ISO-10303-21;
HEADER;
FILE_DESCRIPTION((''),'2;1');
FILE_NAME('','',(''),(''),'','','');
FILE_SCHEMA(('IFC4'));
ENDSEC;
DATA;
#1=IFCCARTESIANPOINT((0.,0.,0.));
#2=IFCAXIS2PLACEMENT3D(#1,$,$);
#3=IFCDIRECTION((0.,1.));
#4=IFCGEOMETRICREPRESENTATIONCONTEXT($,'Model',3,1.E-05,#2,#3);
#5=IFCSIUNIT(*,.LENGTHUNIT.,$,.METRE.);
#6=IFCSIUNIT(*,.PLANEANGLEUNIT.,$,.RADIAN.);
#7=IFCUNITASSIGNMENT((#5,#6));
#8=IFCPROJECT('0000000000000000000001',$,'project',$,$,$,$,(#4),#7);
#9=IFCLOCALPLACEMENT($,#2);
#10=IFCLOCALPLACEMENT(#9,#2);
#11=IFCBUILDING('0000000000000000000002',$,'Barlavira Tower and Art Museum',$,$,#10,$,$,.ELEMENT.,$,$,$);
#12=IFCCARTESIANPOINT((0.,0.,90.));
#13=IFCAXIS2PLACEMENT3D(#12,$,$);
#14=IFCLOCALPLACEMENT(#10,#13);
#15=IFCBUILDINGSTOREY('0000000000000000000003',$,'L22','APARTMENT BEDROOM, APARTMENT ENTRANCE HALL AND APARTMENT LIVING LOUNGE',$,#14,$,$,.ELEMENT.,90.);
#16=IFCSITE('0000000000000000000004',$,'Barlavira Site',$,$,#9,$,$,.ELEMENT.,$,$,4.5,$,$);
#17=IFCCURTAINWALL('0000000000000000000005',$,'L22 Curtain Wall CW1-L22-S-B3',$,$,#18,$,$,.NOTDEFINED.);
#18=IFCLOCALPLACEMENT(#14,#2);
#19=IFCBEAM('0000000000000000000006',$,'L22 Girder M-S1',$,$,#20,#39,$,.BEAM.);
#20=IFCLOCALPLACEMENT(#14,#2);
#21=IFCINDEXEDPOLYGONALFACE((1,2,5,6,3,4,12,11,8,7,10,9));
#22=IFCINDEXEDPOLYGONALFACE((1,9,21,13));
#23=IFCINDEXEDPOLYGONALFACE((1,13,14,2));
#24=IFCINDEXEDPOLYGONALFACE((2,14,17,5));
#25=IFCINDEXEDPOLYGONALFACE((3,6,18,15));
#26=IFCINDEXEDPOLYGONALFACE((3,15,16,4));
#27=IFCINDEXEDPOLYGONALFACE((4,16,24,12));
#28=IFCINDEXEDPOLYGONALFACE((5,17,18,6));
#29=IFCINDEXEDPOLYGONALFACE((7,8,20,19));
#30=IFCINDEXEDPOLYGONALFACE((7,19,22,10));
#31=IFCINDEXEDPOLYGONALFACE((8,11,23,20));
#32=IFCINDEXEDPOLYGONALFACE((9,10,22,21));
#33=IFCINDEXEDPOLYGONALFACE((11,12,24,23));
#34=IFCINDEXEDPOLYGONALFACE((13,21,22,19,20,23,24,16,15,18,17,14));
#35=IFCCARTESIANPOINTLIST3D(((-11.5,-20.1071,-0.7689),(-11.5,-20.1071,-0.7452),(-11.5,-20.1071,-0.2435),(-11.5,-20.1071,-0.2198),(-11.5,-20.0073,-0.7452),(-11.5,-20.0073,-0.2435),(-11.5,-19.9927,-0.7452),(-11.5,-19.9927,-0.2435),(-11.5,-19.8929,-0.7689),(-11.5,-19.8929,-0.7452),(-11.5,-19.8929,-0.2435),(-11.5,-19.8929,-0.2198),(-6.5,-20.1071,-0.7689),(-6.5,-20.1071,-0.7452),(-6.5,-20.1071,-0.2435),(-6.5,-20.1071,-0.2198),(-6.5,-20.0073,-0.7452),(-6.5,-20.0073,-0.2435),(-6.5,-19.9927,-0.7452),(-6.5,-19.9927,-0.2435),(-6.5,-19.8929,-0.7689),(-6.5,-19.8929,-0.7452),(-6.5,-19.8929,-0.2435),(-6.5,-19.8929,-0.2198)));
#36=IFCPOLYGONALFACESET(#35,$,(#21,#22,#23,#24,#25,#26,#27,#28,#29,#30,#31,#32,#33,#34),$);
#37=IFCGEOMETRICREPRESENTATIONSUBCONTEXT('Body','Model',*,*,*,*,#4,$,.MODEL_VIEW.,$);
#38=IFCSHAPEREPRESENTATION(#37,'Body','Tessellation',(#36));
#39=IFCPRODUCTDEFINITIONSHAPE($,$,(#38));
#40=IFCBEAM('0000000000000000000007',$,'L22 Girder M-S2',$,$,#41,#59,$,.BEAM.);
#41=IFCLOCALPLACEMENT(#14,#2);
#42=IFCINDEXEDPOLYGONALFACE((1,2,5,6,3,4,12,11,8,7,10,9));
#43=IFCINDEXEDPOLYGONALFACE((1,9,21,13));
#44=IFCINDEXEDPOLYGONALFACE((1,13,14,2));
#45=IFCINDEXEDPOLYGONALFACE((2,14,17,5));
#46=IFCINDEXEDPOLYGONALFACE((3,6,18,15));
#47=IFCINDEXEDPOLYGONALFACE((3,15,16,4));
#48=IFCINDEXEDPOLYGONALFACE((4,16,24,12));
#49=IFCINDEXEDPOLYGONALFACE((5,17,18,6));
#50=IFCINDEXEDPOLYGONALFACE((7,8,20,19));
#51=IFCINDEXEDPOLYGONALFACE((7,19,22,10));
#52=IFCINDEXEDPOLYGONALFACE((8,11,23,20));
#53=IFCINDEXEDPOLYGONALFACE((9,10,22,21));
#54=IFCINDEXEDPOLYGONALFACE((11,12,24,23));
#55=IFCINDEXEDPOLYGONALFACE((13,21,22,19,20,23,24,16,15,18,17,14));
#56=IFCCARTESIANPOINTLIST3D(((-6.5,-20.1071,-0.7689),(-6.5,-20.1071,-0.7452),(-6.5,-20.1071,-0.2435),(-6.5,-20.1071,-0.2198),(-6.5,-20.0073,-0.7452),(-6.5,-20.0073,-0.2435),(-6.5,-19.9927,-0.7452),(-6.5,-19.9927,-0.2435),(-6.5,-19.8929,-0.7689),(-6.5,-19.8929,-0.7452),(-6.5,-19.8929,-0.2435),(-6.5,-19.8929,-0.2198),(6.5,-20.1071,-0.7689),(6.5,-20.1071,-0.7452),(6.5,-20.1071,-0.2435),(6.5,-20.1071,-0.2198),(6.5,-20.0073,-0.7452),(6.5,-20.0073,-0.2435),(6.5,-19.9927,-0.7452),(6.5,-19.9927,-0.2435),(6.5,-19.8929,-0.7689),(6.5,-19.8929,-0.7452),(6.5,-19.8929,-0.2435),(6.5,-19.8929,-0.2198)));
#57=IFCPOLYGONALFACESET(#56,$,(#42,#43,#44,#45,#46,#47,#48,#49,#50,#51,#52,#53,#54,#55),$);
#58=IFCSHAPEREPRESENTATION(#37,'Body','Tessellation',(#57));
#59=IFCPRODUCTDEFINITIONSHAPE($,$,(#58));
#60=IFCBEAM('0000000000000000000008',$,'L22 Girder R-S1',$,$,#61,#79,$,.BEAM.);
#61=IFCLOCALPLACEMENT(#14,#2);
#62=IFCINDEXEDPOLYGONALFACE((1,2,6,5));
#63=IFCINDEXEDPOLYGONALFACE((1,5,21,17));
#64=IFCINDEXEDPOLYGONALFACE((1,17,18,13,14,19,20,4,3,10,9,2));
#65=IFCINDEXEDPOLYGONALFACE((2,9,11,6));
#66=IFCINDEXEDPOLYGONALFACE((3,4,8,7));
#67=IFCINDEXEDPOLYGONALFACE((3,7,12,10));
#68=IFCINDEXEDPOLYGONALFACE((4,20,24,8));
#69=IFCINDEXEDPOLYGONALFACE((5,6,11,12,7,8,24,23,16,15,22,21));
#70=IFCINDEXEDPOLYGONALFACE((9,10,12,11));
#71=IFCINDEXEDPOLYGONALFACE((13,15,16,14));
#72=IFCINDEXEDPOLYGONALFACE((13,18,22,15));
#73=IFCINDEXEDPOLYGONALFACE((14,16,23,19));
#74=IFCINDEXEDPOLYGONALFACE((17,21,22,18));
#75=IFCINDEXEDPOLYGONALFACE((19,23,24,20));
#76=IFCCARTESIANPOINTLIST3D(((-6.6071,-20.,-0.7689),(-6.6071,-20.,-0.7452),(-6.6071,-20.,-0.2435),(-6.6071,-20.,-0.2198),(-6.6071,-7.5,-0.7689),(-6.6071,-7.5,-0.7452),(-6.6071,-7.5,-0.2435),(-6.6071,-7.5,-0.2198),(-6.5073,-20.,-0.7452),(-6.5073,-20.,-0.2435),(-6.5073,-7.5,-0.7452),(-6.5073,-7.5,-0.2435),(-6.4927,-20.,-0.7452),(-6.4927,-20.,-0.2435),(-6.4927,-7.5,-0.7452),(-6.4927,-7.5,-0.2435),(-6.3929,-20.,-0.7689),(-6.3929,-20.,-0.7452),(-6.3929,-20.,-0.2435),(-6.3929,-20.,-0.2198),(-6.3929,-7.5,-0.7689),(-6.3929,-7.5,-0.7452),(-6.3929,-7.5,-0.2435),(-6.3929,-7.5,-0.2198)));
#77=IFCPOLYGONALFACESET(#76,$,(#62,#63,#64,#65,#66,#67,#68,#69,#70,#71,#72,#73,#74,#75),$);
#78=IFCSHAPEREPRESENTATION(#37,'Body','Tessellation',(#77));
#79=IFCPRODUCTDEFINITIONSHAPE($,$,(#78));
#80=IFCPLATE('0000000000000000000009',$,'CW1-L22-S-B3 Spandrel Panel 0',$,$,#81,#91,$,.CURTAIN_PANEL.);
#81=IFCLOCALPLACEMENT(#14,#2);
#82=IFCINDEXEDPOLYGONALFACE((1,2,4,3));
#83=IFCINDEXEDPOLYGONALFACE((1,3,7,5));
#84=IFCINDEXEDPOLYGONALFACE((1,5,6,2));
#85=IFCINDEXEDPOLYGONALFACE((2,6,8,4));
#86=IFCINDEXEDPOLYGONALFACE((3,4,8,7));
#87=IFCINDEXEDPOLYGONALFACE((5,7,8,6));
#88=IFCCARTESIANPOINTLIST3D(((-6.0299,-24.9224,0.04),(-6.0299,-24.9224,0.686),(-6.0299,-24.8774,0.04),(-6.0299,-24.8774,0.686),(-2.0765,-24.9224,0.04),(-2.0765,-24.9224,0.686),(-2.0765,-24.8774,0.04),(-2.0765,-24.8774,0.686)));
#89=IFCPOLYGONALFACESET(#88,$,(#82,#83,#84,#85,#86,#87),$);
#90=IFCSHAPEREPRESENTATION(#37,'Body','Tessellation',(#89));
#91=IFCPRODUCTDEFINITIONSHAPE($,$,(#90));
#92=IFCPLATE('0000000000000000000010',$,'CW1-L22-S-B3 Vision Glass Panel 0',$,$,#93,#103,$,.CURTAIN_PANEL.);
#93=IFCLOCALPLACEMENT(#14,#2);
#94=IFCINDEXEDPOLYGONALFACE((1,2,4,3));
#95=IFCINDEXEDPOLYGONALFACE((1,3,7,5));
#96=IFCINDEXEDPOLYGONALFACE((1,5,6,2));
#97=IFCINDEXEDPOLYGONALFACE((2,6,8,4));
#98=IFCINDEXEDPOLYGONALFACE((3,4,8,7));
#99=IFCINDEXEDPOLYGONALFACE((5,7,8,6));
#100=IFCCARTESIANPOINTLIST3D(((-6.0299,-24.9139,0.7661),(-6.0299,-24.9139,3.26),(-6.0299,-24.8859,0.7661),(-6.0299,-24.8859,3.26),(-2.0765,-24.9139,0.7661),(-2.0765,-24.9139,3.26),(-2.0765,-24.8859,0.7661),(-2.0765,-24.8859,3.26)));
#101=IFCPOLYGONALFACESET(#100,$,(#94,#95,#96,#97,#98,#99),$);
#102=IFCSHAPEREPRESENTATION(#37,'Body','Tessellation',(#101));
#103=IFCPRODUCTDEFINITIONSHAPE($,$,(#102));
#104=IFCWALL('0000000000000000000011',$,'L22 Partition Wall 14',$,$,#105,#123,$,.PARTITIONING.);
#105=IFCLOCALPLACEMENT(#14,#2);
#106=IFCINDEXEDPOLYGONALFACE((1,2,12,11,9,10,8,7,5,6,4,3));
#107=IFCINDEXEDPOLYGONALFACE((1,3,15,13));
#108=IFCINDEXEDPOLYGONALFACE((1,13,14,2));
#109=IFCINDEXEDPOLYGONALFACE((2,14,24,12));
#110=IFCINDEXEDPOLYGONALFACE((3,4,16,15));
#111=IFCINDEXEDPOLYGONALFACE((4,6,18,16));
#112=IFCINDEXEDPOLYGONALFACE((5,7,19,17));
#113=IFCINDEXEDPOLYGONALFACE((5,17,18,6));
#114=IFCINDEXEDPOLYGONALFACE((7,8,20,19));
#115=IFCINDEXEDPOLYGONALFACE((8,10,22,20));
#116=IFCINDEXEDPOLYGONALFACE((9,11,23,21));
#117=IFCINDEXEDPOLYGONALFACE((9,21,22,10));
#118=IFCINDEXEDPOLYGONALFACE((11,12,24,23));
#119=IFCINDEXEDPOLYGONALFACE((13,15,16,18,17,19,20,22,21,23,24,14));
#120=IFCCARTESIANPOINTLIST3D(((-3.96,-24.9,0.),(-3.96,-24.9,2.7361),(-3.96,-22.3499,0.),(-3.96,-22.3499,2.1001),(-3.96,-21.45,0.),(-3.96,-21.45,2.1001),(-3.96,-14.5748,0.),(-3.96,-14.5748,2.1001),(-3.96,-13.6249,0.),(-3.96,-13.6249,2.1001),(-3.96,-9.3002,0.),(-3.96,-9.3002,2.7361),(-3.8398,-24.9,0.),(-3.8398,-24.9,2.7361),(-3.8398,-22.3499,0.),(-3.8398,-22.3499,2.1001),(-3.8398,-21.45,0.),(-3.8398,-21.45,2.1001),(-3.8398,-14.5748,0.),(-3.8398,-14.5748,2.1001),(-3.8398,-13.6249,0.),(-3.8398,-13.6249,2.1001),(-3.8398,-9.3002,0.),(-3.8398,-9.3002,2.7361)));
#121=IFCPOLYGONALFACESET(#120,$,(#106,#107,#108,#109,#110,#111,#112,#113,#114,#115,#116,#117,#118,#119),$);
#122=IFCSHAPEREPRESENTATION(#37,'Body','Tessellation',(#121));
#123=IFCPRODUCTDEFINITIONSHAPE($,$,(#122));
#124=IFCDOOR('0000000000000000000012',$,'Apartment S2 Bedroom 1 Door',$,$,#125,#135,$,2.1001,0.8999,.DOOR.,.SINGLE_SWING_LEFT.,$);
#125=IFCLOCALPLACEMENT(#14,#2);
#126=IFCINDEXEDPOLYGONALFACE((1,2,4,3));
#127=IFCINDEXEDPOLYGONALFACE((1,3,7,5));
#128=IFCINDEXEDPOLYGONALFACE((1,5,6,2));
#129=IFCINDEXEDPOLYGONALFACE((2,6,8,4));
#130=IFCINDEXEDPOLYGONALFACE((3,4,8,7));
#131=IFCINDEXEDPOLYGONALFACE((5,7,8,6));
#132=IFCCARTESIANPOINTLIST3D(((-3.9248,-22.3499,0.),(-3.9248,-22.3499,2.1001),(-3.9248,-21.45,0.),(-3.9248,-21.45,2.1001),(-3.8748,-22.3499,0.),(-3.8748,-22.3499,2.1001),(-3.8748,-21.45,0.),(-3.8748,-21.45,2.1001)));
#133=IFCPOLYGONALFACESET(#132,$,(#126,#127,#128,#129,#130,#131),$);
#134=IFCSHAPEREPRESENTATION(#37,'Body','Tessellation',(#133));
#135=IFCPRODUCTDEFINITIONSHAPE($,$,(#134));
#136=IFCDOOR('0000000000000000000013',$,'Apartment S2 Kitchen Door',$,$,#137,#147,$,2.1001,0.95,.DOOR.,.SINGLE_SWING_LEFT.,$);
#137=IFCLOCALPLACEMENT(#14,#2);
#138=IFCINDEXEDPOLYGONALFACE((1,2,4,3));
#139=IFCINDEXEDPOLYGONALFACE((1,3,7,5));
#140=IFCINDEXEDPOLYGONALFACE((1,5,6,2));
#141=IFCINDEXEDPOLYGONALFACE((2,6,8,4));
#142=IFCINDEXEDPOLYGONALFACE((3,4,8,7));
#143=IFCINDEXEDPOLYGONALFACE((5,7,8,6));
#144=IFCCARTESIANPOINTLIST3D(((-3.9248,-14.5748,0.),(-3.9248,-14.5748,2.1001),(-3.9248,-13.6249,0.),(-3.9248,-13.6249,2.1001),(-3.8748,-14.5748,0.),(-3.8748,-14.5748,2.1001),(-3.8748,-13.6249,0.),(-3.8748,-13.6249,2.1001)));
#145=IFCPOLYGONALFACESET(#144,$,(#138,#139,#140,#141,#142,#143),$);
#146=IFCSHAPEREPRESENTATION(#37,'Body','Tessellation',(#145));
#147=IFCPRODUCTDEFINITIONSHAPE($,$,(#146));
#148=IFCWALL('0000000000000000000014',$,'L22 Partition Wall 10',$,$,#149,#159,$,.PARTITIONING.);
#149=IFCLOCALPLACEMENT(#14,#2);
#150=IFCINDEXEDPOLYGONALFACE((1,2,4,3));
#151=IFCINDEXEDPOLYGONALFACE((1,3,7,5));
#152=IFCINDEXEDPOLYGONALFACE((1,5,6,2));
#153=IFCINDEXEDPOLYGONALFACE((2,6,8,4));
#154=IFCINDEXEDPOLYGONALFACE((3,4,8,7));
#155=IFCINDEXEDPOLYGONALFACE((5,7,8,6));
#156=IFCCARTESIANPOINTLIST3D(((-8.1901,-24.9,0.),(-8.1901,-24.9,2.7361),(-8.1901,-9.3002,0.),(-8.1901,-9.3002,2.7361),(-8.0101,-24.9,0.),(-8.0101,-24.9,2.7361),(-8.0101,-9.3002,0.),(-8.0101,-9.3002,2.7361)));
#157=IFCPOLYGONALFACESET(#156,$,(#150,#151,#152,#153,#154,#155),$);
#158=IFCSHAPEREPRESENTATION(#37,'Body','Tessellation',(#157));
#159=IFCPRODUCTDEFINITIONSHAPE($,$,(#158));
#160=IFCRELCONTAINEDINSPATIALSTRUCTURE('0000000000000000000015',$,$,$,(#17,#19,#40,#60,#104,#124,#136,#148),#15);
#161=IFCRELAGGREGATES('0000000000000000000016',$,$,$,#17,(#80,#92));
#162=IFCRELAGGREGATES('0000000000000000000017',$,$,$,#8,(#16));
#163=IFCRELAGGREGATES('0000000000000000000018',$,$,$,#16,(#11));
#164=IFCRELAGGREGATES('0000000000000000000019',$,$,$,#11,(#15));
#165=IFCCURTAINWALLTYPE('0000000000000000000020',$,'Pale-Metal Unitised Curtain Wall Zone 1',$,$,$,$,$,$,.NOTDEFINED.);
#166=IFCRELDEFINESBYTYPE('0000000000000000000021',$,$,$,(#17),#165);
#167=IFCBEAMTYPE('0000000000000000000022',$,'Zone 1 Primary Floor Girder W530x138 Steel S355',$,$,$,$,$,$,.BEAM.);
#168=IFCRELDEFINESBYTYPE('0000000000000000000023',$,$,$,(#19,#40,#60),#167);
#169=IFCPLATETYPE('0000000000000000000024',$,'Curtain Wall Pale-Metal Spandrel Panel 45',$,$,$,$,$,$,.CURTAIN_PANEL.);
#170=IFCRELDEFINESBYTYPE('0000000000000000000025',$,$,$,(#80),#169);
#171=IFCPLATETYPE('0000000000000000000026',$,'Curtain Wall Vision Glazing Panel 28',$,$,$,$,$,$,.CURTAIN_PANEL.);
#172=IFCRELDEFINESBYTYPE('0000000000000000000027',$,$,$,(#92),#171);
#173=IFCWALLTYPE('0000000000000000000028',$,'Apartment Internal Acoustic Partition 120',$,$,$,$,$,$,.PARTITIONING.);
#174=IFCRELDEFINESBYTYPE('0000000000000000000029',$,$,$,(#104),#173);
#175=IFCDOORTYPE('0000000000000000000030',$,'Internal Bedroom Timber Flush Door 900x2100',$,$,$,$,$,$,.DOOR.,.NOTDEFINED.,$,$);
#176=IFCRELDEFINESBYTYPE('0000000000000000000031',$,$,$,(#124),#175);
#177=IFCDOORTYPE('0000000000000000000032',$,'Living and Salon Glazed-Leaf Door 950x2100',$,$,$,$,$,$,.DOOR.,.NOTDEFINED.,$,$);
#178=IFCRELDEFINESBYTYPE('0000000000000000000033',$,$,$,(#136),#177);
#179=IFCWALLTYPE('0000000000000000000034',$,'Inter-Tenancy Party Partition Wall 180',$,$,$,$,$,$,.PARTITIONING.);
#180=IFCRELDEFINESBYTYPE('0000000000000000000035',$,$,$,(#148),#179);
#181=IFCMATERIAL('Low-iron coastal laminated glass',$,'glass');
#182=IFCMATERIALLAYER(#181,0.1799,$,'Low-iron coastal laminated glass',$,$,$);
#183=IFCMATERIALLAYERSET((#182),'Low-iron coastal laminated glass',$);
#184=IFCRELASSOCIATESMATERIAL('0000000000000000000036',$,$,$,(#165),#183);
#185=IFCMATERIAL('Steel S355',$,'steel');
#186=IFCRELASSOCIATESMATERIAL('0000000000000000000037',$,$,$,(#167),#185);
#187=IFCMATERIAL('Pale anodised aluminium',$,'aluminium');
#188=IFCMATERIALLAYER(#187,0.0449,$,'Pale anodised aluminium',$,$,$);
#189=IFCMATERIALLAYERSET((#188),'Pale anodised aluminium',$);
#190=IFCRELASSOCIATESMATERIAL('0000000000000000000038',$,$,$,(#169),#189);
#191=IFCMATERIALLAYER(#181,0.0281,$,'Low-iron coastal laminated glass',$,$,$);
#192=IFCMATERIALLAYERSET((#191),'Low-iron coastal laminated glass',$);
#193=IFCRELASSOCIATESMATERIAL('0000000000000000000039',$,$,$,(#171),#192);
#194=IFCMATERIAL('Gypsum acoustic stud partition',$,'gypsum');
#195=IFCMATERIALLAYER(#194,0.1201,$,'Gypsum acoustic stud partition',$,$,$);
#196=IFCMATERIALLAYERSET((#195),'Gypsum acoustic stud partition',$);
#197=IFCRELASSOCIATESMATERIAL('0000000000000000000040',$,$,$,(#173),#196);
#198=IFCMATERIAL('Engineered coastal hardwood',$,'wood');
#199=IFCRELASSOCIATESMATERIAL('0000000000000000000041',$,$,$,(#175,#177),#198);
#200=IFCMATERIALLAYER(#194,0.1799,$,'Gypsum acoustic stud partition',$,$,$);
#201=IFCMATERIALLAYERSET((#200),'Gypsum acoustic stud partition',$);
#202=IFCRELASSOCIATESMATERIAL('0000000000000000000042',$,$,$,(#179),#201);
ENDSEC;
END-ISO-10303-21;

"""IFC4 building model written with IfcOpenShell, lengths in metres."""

from ifc_helpers import new_model, si_unit, direction, frame, frame_2d, origin, origin_2d, place, context, subcontext, project, spatial, rectangle, i_section, extrude, material, layer, layer_set, material_profile, profile_set, type_object, element, fill, aggregate, save


model = new_model("IFC4")

# Units and contexts
model_context = context("Model", 3, precision=1e-05, world=origin(), true_north=direction((0.0, 1.0)))
body_context = subcontext(model_context, "Body", "Model", "MODEL_VIEW")
ifc_project = project(units=[si_unit("LENGTHUNIT", "METRE"), si_unit("PLANEANGLEUNIT", "RADIAN")], contexts=[model_context])

# Site, building, storey
site_placement = place(None, origin())
site = spatial("IfcSite", under=ifc_project, at=site_placement, Name="Barlavira Site", CompositionType="ELEMENT", RefElevation=4.5)
building_placement = place(site_placement, origin())
building = spatial("IfcBuilding", under=site, at=building_placement, Name="Barlavira Tower and Art Museum", CompositionType="ELEMENT")
storey_placement = place(building_placement, frame((0.0, 0.0, 90.0)))
storey = spatial("IfcBuildingStorey", under=building, at=storey_placement, Name="L22", Description="APARTMENT BEDROOM, APARTMENT ENTRANCE HALL AND APARTMENT LIVING LOUNGE", CompositionType="ELEMENT", Elevation=90.0)

# Curtain wall
ifc_material_1 = material(Name="Low-iron coastal laminated glass", Category="glass")
ifc_layer_1 = layer(ifc_material_1, 0.1799, Name="Low-iron coastal laminated glass")
ifc_layer_set_1 = layer_set([ifc_layer_1], Name="Low-iron coastal laminated glass")
curtain_wall_type = type_object("IfcCurtainWallType", Name="Pale-Metal Unitised Curtain Wall Zone 1", PredefinedType="NOTDEFINED", material=ifc_layer_set_1)
curtain_wall_placement = place(storey_placement, origin())
curtain_wall = element("IfcCurtainWall", 1, at=curtain_wall_placement, inside=storey, type_object=curtain_wall_type, Name="L22 Curtain Wall CW1-L22-S-B3", PredefinedType="NOTDEFINED")
ifc_material_2 = material(Name="Pale anodised aluminium", Category="aluminium")

# Shared definitions
ifc_material_3 = material(Name="Steel S355", Category="steel")

# Beams
ifc_material_profile_1 = material_profile(ifc_material_3, i_section(OverallWidth=0.2141, OverallDepth=0.5491, WebThickness=0.0146, FlangeThickness=0.0237, at=origin_2d()), Name="W530x138.0")
ifc_profile_set_1 = profile_set([ifc_material_profile_1], Name="Steel S355")
beam_type_1 = type_object("IfcBeamType", Name="Zone 1 Primary Floor Girder W530x138 Steel S355", PredefinedType="BEAM", material=ifc_profile_set_1)
beam_1_placement = place(storey_placement, frame((-11.5, -20.0, -0.4944), z_axis=(1.0, 0.0, 0.0), x_axis=(0.0, 1.0, 0.0)))
element("IfcBeam", 2, at=beam_1_placement, inside=storey, type_object=beam_type_1, Name="L22 Girder M-S1", PredefinedType="BEAM", context=body_context, shape_type="SweptSolid", body=[
    extrude(i_section(OverallWidth=0.2141, OverallDepth=0.5491, WebThickness=0.0146, FlangeThickness=0.0237, at=origin_2d()), origin(), (0.0, 0.0, 1.0), 5.0),
])
beam_2_placement = place(storey_placement, frame((-6.5, -20.0, -0.4944), z_axis=(1.0, 0.0, 0.0), x_axis=(0.0, 1.0, 0.0)))
element("IfcBeam", 3, at=beam_2_placement, inside=storey, type_object=beam_type_1, Name="L22 Girder M-S2", PredefinedType="BEAM", context=body_context, shape_type="SweptSolid", body=[
    extrude(i_section(OverallWidth=0.2141, OverallDepth=0.5491, WebThickness=0.0146, FlangeThickness=0.0237, at=origin_2d()), origin(), (0.0, 0.0, 1.0), 13.0),
])
beam_3_placement = place(storey_placement, frame((-6.5, -20.0, -0.4944), z_axis=(0.0, 1.0, 0.0), x_axis=(-1.0, 0.0, 0.0)))
element("IfcBeam", 4, at=beam_3_placement, inside=storey, type_object=beam_type_1, Name="L22 Girder R-S1", PredefinedType="BEAM", context=body_context, shape_type="SweptSolid", body=[
    extrude(i_section(OverallWidth=0.2141, OverallDepth=0.5491, WebThickness=0.0146, FlangeThickness=0.0237, at=origin_2d()), origin(), (0.0, 0.0, 1.0), 12.5),
])

# Plates
ifc_layer_2 = layer(ifc_material_2, 0.0449, Name="Pale anodised aluminium")
ifc_layer_set_2 = layer_set([ifc_layer_2], Name="Pale anodised aluminium")
plate_type_1 = type_object("IfcPlateType", Name="Curtain Wall Pale-Metal Spandrel Panel 45", PredefinedType="CURTAIN_PANEL", material=ifc_layer_set_2)
plate_1_placement = place(storey_placement, frame((-4.0532, -24.8999, 0.04), z_axis=(0.0, 0.0, 1.0), x_axis=(1.0, 0.0, 0.0)))
plate_1 = element("IfcPlate", 5, at=plate_1_placement, type_object=plate_type_1, Name="CW1-L22-S-B3 Spandrel Panel 0", PredefinedType="CURTAIN_PANEL", context=body_context, shape_type="SweptSolid", body=[
    extrude(rectangle(XDim=3.9534, YDim=0.0449, at=origin_2d()), origin(), (0.0, 0.0, 1.0), 0.646),
])
ifc_layer_3 = layer(ifc_material_1, 0.0281, Name="Low-iron coastal laminated glass")
ifc_layer_set_3 = layer_set([ifc_layer_3], Name="Low-iron coastal laminated glass")
plate_type_2 = type_object("IfcPlateType", Name="Curtain Wall Vision Glazing Panel 28", PredefinedType="CURTAIN_PANEL", material=ifc_layer_set_3)
plate_2_placement = place(storey_placement, frame((-4.0532, -24.8999, 0.7661), z_axis=(0.0, 0.0, 1.0), x_axis=(1.0, 0.0, 0.0)))
plate_2 = element("IfcPlate", 6, at=plate_2_placement, type_object=plate_type_2, Name="CW1-L22-S-B3 Vision Glass Panel 0", PredefinedType="CURTAIN_PANEL", context=body_context, shape_type="SweptSolid", body=[
    extrude(rectangle(XDim=3.9534, YDim=0.0281, at=origin_2d()), origin(), (0.0, 0.0, 1.0), 2.4939),
])
aggregate(curtain_wall, [plate_1, plate_2])

# Wall, openings, doors
ifc_material_4 = material(Name="Gypsum acoustic stud partition", Category="gypsum")
ifc_layer_4 = layer(ifc_material_4, 0.1201, Name="Gypsum acoustic stud partition")
ifc_layer_set_4 = layer_set([ifc_layer_4], Name="Gypsum acoustic stud partition")
wall_type_1 = type_object("IfcWallType", Name="Apartment Internal Acoustic Partition 120", PredefinedType="PARTITIONING", material=ifc_layer_set_4)
wall_1_placement = place(storey_placement, frame((-3.8999, -24.8999, 0.0), z_axis=(0.0, 0.0, 1.0), x_axis=(0.0, 1.0, 0.0)))
wall_1 = element("IfcWall", 7, at=wall_1_placement, inside=storey, type_object=wall_type_1, Name="L22 Partition Wall 14", PredefinedType="PARTITIONING", context=body_context, shape_type="SweptSolid", body=[
    extrude(rectangle(XDim=15.5999, YDim=0.1201, at=frame_2d((7.7998, 0.0))), origin(), (0.0, 0.0, 1.0), 2.7361),
])
opening_1_placement = place(wall_1_placement, frame((10.325, 0.0, 0.0)))
opening_1 = element("IfcOpeningElement", 8, at=opening_1_placement, cuts=wall_1, PredefinedType="OPENING", context=body_context, shape_type="SweptSolid", body=[
    extrude(rectangle(XDim=0.95, YDim=2.1001, at=frame_2d((0.4751, 1.05))), frame((0.0, 0.0701, 0.0), z_axis=(0.0, -1.0, 0.0), x_axis=(1.0, 0.0, 0.0)), (0.0, 0.0, 1.0), 0.1401),
])
opening_2_placement = place(wall_1_placement, frame((2.55, 0.0, 0.0)))
opening_2 = element("IfcOpeningElement", 9, at=opening_2_placement, cuts=wall_1, PredefinedType="OPENING", context=body_context, shape_type="SweptSolid", body=[
    extrude(rectangle(XDim=0.8999, YDim=2.1001, at=frame_2d((0.45, 1.05))), frame((0.0, 0.0701, 0.0), z_axis=(0.0, -1.0, 0.0), x_axis=(1.0, 0.0, 0.0)), (0.0, 0.0, 1.0), 0.1401),
])
ifc_material_5 = material(Name="Engineered coastal hardwood", Category="wood")
door_type_1 = type_object("IfcDoorType", Name="Internal Bedroom Timber Flush Door 900x2100", OperationType="NOTDEFINED", PredefinedType="DOOR", material=ifc_material_5)
door_1_placement = place(opening_2_placement, origin())
door_1 = element("IfcDoor", 10, at=door_1_placement, inside=storey, type_object=door_type_1, Name="Apartment S2 Bedroom 1 Door", OperationType="SINGLE_SWING_LEFT", OverallHeight=2.1001, OverallWidth=0.8999, PredefinedType="DOOR", context=body_context, shape_type="SweptSolid", body=[
    extrude(rectangle(XDim=0.8999, YDim=2.1001, at=frame_2d((0.45, 1.05))), frame((0.0, 0.0249, 0.0), z_axis=(0.0, -1.0, 0.0), x_axis=(1.0, 0.0, 0.0)), (0.0, 0.0, 1.0), 0.05),
])
fill(opening_2, door_1)
door_type_2 = type_object("IfcDoorType", Name="Living and Salon Glazed-Leaf Door 950x2100", OperationType="NOTDEFINED", PredefinedType="DOOR", material=ifc_material_5)
door_2_placement = place(opening_1_placement, origin())
door_2 = element("IfcDoor", 11, at=door_2_placement, inside=storey, type_object=door_type_2, Name="Apartment S2 Kitchen Door", OperationType="SINGLE_SWING_LEFT", OverallHeight=2.1001, OverallWidth=0.95, PredefinedType="DOOR", context=body_context, shape_type="SweptSolid", body=[
    extrude(rectangle(XDim=0.95, YDim=2.1001, at=frame_2d((0.4751, 1.05))), frame((0.0, 0.0249, 0.0), z_axis=(0.0, -1.0, 0.0), x_axis=(1.0, 0.0, 0.0)), (0.0, 0.0, 1.0), 0.05),
])
fill(opening_1, door_2)

# Wall
ifc_layer_5 = layer(ifc_material_4, 0.1799, Name="Gypsum acoustic stud partition")
ifc_layer_set_5 = layer_set([ifc_layer_5], Name="Gypsum acoustic stud partition")
wall_type_2 = type_object("IfcWallType", Name="Inter-Tenancy Party Partition Wall 180", PredefinedType="PARTITIONING", material=ifc_layer_set_5)
wall_2_placement = place(storey_placement, frame((-8.1001, -24.8999, 0.0), z_axis=(0.0, 0.0, 1.0), x_axis=(0.0, 1.0, 0.0)))
element("IfcWall", 12, at=wall_2_placement, inside=storey, type_object=wall_type_2, Name="L22 Partition Wall 10", PredefinedType="PARTITIONING", context=body_context, shape_type="SweptSolid", body=[
    extrude(rectangle(XDim=15.5999, YDim=0.1799, at=frame_2d((7.7998, 0.0))), origin(), (0.0, 0.0, 1.0), 2.7361),
])

save(model, "model.ifc")
